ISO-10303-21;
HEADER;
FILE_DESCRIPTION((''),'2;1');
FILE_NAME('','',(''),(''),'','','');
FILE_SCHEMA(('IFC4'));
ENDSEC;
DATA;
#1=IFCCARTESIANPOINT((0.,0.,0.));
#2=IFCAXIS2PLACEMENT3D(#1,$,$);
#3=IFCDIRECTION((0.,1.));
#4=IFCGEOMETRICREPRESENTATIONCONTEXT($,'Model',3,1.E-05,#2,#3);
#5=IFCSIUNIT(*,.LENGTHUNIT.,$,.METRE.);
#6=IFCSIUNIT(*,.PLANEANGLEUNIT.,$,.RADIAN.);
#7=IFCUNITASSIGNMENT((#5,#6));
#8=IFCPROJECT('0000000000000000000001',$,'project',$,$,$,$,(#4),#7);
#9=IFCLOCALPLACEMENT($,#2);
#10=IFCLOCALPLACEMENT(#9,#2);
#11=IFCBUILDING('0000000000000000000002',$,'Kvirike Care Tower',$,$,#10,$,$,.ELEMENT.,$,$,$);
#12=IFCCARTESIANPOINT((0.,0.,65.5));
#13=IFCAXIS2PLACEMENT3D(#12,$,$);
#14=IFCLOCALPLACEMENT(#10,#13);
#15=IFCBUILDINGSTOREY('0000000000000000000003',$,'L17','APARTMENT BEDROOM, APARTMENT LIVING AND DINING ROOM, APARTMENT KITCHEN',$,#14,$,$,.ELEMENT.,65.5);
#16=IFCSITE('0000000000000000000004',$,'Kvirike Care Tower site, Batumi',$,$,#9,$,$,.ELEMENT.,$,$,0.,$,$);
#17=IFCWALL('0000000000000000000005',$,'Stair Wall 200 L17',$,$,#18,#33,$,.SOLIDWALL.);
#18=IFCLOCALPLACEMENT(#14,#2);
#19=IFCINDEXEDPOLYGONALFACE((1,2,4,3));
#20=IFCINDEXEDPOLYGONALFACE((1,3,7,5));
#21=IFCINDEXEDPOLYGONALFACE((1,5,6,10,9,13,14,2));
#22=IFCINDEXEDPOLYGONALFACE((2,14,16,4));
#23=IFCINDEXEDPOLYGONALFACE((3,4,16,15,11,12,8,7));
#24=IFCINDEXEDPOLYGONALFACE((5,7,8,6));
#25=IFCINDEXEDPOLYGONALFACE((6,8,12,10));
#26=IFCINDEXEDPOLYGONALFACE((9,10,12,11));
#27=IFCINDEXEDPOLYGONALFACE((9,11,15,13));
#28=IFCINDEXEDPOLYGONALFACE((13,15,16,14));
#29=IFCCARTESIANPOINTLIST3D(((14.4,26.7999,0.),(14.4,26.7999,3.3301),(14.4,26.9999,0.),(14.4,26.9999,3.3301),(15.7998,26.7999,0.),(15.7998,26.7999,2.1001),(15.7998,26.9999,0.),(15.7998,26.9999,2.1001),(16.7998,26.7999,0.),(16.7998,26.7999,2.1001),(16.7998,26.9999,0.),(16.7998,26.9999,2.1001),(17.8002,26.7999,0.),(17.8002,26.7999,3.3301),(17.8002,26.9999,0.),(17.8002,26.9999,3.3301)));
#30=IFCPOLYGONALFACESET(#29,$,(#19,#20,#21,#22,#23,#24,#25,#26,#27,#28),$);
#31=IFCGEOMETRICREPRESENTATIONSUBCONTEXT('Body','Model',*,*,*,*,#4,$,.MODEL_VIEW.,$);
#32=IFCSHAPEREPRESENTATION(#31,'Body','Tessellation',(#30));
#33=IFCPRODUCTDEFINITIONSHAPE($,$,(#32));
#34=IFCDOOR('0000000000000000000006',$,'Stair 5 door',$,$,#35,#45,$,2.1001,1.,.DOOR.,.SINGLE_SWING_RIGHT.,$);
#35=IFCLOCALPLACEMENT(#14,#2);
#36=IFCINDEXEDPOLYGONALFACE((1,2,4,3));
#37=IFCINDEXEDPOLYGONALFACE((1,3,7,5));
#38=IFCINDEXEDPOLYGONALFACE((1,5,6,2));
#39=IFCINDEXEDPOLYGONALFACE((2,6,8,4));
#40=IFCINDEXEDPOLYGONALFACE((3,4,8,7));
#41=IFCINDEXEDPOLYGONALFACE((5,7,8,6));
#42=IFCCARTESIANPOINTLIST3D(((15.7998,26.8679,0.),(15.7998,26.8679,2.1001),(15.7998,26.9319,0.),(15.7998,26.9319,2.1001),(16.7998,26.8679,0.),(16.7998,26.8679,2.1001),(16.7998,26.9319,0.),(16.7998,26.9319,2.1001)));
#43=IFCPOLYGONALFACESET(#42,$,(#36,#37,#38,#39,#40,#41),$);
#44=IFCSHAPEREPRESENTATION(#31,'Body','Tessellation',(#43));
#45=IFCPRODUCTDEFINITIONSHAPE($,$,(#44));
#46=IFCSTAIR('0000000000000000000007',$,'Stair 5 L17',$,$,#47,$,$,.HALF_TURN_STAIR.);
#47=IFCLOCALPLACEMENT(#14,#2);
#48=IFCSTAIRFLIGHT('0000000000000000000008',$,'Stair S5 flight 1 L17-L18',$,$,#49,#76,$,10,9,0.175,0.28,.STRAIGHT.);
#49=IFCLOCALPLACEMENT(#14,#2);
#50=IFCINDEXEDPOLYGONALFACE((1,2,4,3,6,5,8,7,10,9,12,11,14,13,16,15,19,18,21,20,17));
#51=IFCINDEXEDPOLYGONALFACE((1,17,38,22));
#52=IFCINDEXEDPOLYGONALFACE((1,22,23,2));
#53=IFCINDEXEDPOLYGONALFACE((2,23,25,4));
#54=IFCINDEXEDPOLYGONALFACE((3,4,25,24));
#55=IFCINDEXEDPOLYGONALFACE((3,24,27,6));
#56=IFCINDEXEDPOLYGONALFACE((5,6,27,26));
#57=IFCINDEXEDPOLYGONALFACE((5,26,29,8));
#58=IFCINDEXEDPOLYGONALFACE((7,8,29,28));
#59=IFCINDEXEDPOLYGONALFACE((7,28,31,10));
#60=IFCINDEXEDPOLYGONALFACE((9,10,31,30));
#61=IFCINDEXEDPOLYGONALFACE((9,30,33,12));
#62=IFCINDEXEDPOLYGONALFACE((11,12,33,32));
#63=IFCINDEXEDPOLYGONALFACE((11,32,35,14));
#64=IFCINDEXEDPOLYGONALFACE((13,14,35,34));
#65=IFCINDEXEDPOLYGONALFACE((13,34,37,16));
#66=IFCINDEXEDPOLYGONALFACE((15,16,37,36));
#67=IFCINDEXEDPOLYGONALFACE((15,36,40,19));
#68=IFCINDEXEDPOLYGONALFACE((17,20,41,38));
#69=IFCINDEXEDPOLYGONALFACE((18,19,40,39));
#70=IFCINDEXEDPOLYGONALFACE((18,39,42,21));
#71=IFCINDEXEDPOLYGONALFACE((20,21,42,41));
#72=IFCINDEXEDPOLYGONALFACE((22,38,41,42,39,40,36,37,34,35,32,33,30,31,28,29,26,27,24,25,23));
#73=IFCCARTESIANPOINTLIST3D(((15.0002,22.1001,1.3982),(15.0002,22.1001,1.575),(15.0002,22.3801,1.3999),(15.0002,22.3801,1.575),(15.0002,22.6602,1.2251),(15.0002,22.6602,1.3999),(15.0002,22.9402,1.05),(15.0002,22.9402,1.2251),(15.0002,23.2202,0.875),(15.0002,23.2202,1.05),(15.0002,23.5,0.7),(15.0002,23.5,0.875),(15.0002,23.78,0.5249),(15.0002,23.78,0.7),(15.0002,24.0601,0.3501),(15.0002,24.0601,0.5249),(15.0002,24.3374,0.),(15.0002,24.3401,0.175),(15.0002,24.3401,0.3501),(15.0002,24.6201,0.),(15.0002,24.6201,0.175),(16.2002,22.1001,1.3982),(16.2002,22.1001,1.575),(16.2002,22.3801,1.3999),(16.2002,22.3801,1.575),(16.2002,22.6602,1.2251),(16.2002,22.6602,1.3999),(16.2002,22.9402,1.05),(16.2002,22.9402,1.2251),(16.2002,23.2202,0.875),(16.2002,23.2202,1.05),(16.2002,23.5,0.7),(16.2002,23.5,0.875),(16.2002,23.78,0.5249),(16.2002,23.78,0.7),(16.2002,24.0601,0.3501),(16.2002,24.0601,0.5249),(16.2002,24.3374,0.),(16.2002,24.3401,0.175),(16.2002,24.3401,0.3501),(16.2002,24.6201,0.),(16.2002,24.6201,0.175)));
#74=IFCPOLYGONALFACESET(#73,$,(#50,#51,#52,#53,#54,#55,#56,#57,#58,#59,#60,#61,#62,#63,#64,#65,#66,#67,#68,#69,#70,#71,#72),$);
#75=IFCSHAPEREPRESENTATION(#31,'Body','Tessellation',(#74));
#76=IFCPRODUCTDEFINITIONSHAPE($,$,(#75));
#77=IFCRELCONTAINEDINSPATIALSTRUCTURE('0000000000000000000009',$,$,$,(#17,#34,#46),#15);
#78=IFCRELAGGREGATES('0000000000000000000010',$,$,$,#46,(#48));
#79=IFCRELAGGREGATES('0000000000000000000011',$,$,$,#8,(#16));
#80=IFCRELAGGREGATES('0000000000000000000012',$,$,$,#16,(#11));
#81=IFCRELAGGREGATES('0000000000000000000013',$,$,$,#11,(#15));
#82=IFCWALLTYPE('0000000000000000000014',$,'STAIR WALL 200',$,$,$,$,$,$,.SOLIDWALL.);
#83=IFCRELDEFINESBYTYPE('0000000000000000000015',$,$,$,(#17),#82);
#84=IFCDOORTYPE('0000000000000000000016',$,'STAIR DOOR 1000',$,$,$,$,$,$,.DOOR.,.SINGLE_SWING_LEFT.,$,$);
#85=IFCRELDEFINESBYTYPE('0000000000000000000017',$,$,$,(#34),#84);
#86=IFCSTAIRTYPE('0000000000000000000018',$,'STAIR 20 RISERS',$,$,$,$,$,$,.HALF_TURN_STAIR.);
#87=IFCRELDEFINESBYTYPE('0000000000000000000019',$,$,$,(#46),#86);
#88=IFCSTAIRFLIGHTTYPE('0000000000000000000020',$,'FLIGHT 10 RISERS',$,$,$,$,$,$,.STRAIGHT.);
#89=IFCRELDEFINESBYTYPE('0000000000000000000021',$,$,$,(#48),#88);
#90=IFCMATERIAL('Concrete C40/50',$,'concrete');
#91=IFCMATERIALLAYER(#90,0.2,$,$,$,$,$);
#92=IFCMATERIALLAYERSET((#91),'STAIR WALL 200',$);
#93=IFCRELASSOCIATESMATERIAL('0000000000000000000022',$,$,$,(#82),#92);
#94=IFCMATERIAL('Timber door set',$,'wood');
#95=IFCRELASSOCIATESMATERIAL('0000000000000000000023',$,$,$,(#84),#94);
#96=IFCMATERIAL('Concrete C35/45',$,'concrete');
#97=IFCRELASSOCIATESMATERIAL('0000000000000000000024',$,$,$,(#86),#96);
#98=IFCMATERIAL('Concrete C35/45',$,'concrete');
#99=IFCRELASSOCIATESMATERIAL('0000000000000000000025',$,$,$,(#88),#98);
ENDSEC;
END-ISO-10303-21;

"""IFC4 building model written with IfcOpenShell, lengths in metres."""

from ifc_helpers import new_model, si_unit, direction, frame, frame_2d, origin, place, context, subcontext, project, spatial, polyline, rectangle, outline, extrude, material, layer, layer_set, type_object, element, fill, aggregate, save


model = new_model("IFC4")

# Units and contexts
model_context = context("Model", 3, precision=1e-05, world=origin(), true_north=direction((0.0, 1.0)))
body_context = subcontext(model_context, "Body", "Model", "MODEL_VIEW")
ifc_project = project(units=[si_unit("LENGTHUNIT", "METRE"), si_unit("PLANEANGLEUNIT", "RADIAN")], contexts=[model_context])

# Site, building, storey
site_placement = place(None, origin())
site = spatial("IfcSite", under=ifc_project, at=site_placement, Name="Kvirike Care Tower site, Batumi", CompositionType="ELEMENT", RefElevation=0.0)
building_placement = place(site_placement, origin())
building = spatial("IfcBuilding", under=site, at=building_placement, Name="Kvirike Care Tower", CompositionType="ELEMENT")
storey_placement = place(building_placement, frame((0.0, 0.0, 65.5)))
storey = spatial("IfcBuildingStorey", under=building, at=storey_placement, Name="L17", Description="APARTMENT BEDROOM, APARTMENT LIVING AND DINING ROOM, APARTMENT KITCHEN", CompositionType="ELEMENT", Elevation=65.5)

# Wall, opening, door
ifc_material_1 = material(Name="Concrete C40/50", Category="concrete")
ifc_layer_1 = layer(ifc_material_1, 0.2)
ifc_layer_set_1 = layer_set([ifc_layer_1], Name="STAIR WALL 200")
wall_type_1 = type_object("IfcWallType", Name="STAIR WALL 200", PredefinedType="SOLIDWALL", material=ifc_layer_set_1)
wall_1_placement = place(storey_placement, frame((14.3999, 26.8999, 0.0), z_axis=(0.0, 0.0, 1.0), x_axis=(1.0, 0.0, 0.0)))
wall_1 = element("IfcWall", 1, at=wall_1_placement, inside=storey, type_object=wall_type_1, Name="Stair Wall 200 L17", PredefinedType="SOLIDWALL", context=body_context, shape_type="SweptSolid", body=[
    extrude(rectangle(XDim=3.4001, YDim=0.2, at=frame_2d((1.7002, 0.0))), origin(), (0.0, 0.0, 1.0), 3.3301),
])
opening_1_placement = place(wall_1_placement, frame((1.3999, 0.0, 0.0)))
opening_1 = element("IfcOpeningElement", 2, at=opening_1_placement, cuts=wall_1, PredefinedType="OPENING", context=body_context, shape_type="SweptSolid", body=[
    extrude(rectangle(XDim=1.0, YDim=2.1001, at=frame_2d((0.5, 1.05))), frame((0.0, 0.1106, 0.0), z_axis=(0.0, -1.0, 0.0), x_axis=(1.0, 0.0, 0.0)), (0.0, 0.0, 1.0), 0.2209),
])
ifc_material_2 = material(Name="Timber door set", Category="wood")
door_type_1 = type_object("IfcDoorType", Name="STAIR DOOR 1000", OperationType="SINGLE_SWING_LEFT", PredefinedType="DOOR", material=ifc_material_2)
door_1_placement = place(opening_1_placement, frame((1.0, 0.0, 0.0), z_axis=(0.0, 0.0, 1.0), x_axis=(-1.0, 0.0, 0.0)))
door_1 = element("IfcDoor", 3, at=door_1_placement, inside=storey, type_object=door_type_1, Name="Stair 5 door", OperationType="SINGLE_SWING_RIGHT", OverallHeight=2.1001, OverallWidth=1.0, PredefinedType="DOOR", context=body_context, shape_type="SweptSolid", body=[
    extrude(rectangle(XDim=1.0, YDim=2.1001, at=frame_2d((0.5, 1.05))), frame((0.0, 0.032, 0.0), z_axis=(0.0, -1.0, 0.0), x_axis=(1.0, 0.0, 0.0)), (0.0, 0.0, 1.0), 0.064),
])
fill(opening_1, door_1)

# Stair, stair flight
ifc_material_3 = material(Name="Concrete C35/45", Category="concrete")
stair_type = type_object("IfcStairType", Name="STAIR 20 RISERS", PredefinedType="HALF_TURN_STAIR", material=ifc_material_3)
stair_placement = place(storey_placement, origin())
stair = element("IfcStair", 4, at=stair_placement, inside=storey, type_object=stair_type, Name="Stair 5 L17", PredefinedType="HALF_TURN_STAIR")
ifc_material_4 = material(Name="Concrete C35/45", Category="concrete")
stair_flight_type = type_object("IfcStairFlightType", Name="FLIGHT 10 RISERS", PredefinedType="STRAIGHT", material=ifc_material_4)
stair_flight_placement = place(storey_placement, frame((15.6001, 24.6201, 0.0), z_axis=(0.0, 0.0, 1.0), x_axis=(0.0, -1.0, 0.0)))
stair_flight = element("IfcStairFlight", 5, at=stair_flight_placement, type_object=stair_flight_type, Name="Stair S5 flight 1 L17-L18", NumberOfRisers=10, NumberOfTreads=9, PredefinedType="STRAIGHT", RiserHeight=0.175, TreadLength=0.28, context=body_context, shape_type="SweptSolid", body=[
    extrude(outline(polyline([(0.0, 0.0), (0.0, 0.175), (0.28, 0.175), (0.28, 0.3501), (0.5601, 0.3501), (0.5601, 0.5249), (0.8401, 0.5249), (0.8401, 0.7), (1.1201, 0.7), (1.1201, 0.875), (1.3999, 0.875), (1.3999, 1.05), (1.6799, 1.05), (1.6799, 1.2251), (1.96, 1.2251), (1.96, 1.3999), (2.24, 1.3999), (2.24, 1.575), (2.52, 1.575), (2.52, 1.75), (2.52, 1.3982), (0.2827, 0.0), (0.0, 0.0)])), frame((0.0, 0.6001, 0.0), z_axis=(0.0, -1.0, 0.0), x_axis=(1.0, 0.0, 0.0)), (0.0, 0.0, 1.0), 1.2),
])
aggregate(stair, [stair_flight])

save(model, "model.ifc")
